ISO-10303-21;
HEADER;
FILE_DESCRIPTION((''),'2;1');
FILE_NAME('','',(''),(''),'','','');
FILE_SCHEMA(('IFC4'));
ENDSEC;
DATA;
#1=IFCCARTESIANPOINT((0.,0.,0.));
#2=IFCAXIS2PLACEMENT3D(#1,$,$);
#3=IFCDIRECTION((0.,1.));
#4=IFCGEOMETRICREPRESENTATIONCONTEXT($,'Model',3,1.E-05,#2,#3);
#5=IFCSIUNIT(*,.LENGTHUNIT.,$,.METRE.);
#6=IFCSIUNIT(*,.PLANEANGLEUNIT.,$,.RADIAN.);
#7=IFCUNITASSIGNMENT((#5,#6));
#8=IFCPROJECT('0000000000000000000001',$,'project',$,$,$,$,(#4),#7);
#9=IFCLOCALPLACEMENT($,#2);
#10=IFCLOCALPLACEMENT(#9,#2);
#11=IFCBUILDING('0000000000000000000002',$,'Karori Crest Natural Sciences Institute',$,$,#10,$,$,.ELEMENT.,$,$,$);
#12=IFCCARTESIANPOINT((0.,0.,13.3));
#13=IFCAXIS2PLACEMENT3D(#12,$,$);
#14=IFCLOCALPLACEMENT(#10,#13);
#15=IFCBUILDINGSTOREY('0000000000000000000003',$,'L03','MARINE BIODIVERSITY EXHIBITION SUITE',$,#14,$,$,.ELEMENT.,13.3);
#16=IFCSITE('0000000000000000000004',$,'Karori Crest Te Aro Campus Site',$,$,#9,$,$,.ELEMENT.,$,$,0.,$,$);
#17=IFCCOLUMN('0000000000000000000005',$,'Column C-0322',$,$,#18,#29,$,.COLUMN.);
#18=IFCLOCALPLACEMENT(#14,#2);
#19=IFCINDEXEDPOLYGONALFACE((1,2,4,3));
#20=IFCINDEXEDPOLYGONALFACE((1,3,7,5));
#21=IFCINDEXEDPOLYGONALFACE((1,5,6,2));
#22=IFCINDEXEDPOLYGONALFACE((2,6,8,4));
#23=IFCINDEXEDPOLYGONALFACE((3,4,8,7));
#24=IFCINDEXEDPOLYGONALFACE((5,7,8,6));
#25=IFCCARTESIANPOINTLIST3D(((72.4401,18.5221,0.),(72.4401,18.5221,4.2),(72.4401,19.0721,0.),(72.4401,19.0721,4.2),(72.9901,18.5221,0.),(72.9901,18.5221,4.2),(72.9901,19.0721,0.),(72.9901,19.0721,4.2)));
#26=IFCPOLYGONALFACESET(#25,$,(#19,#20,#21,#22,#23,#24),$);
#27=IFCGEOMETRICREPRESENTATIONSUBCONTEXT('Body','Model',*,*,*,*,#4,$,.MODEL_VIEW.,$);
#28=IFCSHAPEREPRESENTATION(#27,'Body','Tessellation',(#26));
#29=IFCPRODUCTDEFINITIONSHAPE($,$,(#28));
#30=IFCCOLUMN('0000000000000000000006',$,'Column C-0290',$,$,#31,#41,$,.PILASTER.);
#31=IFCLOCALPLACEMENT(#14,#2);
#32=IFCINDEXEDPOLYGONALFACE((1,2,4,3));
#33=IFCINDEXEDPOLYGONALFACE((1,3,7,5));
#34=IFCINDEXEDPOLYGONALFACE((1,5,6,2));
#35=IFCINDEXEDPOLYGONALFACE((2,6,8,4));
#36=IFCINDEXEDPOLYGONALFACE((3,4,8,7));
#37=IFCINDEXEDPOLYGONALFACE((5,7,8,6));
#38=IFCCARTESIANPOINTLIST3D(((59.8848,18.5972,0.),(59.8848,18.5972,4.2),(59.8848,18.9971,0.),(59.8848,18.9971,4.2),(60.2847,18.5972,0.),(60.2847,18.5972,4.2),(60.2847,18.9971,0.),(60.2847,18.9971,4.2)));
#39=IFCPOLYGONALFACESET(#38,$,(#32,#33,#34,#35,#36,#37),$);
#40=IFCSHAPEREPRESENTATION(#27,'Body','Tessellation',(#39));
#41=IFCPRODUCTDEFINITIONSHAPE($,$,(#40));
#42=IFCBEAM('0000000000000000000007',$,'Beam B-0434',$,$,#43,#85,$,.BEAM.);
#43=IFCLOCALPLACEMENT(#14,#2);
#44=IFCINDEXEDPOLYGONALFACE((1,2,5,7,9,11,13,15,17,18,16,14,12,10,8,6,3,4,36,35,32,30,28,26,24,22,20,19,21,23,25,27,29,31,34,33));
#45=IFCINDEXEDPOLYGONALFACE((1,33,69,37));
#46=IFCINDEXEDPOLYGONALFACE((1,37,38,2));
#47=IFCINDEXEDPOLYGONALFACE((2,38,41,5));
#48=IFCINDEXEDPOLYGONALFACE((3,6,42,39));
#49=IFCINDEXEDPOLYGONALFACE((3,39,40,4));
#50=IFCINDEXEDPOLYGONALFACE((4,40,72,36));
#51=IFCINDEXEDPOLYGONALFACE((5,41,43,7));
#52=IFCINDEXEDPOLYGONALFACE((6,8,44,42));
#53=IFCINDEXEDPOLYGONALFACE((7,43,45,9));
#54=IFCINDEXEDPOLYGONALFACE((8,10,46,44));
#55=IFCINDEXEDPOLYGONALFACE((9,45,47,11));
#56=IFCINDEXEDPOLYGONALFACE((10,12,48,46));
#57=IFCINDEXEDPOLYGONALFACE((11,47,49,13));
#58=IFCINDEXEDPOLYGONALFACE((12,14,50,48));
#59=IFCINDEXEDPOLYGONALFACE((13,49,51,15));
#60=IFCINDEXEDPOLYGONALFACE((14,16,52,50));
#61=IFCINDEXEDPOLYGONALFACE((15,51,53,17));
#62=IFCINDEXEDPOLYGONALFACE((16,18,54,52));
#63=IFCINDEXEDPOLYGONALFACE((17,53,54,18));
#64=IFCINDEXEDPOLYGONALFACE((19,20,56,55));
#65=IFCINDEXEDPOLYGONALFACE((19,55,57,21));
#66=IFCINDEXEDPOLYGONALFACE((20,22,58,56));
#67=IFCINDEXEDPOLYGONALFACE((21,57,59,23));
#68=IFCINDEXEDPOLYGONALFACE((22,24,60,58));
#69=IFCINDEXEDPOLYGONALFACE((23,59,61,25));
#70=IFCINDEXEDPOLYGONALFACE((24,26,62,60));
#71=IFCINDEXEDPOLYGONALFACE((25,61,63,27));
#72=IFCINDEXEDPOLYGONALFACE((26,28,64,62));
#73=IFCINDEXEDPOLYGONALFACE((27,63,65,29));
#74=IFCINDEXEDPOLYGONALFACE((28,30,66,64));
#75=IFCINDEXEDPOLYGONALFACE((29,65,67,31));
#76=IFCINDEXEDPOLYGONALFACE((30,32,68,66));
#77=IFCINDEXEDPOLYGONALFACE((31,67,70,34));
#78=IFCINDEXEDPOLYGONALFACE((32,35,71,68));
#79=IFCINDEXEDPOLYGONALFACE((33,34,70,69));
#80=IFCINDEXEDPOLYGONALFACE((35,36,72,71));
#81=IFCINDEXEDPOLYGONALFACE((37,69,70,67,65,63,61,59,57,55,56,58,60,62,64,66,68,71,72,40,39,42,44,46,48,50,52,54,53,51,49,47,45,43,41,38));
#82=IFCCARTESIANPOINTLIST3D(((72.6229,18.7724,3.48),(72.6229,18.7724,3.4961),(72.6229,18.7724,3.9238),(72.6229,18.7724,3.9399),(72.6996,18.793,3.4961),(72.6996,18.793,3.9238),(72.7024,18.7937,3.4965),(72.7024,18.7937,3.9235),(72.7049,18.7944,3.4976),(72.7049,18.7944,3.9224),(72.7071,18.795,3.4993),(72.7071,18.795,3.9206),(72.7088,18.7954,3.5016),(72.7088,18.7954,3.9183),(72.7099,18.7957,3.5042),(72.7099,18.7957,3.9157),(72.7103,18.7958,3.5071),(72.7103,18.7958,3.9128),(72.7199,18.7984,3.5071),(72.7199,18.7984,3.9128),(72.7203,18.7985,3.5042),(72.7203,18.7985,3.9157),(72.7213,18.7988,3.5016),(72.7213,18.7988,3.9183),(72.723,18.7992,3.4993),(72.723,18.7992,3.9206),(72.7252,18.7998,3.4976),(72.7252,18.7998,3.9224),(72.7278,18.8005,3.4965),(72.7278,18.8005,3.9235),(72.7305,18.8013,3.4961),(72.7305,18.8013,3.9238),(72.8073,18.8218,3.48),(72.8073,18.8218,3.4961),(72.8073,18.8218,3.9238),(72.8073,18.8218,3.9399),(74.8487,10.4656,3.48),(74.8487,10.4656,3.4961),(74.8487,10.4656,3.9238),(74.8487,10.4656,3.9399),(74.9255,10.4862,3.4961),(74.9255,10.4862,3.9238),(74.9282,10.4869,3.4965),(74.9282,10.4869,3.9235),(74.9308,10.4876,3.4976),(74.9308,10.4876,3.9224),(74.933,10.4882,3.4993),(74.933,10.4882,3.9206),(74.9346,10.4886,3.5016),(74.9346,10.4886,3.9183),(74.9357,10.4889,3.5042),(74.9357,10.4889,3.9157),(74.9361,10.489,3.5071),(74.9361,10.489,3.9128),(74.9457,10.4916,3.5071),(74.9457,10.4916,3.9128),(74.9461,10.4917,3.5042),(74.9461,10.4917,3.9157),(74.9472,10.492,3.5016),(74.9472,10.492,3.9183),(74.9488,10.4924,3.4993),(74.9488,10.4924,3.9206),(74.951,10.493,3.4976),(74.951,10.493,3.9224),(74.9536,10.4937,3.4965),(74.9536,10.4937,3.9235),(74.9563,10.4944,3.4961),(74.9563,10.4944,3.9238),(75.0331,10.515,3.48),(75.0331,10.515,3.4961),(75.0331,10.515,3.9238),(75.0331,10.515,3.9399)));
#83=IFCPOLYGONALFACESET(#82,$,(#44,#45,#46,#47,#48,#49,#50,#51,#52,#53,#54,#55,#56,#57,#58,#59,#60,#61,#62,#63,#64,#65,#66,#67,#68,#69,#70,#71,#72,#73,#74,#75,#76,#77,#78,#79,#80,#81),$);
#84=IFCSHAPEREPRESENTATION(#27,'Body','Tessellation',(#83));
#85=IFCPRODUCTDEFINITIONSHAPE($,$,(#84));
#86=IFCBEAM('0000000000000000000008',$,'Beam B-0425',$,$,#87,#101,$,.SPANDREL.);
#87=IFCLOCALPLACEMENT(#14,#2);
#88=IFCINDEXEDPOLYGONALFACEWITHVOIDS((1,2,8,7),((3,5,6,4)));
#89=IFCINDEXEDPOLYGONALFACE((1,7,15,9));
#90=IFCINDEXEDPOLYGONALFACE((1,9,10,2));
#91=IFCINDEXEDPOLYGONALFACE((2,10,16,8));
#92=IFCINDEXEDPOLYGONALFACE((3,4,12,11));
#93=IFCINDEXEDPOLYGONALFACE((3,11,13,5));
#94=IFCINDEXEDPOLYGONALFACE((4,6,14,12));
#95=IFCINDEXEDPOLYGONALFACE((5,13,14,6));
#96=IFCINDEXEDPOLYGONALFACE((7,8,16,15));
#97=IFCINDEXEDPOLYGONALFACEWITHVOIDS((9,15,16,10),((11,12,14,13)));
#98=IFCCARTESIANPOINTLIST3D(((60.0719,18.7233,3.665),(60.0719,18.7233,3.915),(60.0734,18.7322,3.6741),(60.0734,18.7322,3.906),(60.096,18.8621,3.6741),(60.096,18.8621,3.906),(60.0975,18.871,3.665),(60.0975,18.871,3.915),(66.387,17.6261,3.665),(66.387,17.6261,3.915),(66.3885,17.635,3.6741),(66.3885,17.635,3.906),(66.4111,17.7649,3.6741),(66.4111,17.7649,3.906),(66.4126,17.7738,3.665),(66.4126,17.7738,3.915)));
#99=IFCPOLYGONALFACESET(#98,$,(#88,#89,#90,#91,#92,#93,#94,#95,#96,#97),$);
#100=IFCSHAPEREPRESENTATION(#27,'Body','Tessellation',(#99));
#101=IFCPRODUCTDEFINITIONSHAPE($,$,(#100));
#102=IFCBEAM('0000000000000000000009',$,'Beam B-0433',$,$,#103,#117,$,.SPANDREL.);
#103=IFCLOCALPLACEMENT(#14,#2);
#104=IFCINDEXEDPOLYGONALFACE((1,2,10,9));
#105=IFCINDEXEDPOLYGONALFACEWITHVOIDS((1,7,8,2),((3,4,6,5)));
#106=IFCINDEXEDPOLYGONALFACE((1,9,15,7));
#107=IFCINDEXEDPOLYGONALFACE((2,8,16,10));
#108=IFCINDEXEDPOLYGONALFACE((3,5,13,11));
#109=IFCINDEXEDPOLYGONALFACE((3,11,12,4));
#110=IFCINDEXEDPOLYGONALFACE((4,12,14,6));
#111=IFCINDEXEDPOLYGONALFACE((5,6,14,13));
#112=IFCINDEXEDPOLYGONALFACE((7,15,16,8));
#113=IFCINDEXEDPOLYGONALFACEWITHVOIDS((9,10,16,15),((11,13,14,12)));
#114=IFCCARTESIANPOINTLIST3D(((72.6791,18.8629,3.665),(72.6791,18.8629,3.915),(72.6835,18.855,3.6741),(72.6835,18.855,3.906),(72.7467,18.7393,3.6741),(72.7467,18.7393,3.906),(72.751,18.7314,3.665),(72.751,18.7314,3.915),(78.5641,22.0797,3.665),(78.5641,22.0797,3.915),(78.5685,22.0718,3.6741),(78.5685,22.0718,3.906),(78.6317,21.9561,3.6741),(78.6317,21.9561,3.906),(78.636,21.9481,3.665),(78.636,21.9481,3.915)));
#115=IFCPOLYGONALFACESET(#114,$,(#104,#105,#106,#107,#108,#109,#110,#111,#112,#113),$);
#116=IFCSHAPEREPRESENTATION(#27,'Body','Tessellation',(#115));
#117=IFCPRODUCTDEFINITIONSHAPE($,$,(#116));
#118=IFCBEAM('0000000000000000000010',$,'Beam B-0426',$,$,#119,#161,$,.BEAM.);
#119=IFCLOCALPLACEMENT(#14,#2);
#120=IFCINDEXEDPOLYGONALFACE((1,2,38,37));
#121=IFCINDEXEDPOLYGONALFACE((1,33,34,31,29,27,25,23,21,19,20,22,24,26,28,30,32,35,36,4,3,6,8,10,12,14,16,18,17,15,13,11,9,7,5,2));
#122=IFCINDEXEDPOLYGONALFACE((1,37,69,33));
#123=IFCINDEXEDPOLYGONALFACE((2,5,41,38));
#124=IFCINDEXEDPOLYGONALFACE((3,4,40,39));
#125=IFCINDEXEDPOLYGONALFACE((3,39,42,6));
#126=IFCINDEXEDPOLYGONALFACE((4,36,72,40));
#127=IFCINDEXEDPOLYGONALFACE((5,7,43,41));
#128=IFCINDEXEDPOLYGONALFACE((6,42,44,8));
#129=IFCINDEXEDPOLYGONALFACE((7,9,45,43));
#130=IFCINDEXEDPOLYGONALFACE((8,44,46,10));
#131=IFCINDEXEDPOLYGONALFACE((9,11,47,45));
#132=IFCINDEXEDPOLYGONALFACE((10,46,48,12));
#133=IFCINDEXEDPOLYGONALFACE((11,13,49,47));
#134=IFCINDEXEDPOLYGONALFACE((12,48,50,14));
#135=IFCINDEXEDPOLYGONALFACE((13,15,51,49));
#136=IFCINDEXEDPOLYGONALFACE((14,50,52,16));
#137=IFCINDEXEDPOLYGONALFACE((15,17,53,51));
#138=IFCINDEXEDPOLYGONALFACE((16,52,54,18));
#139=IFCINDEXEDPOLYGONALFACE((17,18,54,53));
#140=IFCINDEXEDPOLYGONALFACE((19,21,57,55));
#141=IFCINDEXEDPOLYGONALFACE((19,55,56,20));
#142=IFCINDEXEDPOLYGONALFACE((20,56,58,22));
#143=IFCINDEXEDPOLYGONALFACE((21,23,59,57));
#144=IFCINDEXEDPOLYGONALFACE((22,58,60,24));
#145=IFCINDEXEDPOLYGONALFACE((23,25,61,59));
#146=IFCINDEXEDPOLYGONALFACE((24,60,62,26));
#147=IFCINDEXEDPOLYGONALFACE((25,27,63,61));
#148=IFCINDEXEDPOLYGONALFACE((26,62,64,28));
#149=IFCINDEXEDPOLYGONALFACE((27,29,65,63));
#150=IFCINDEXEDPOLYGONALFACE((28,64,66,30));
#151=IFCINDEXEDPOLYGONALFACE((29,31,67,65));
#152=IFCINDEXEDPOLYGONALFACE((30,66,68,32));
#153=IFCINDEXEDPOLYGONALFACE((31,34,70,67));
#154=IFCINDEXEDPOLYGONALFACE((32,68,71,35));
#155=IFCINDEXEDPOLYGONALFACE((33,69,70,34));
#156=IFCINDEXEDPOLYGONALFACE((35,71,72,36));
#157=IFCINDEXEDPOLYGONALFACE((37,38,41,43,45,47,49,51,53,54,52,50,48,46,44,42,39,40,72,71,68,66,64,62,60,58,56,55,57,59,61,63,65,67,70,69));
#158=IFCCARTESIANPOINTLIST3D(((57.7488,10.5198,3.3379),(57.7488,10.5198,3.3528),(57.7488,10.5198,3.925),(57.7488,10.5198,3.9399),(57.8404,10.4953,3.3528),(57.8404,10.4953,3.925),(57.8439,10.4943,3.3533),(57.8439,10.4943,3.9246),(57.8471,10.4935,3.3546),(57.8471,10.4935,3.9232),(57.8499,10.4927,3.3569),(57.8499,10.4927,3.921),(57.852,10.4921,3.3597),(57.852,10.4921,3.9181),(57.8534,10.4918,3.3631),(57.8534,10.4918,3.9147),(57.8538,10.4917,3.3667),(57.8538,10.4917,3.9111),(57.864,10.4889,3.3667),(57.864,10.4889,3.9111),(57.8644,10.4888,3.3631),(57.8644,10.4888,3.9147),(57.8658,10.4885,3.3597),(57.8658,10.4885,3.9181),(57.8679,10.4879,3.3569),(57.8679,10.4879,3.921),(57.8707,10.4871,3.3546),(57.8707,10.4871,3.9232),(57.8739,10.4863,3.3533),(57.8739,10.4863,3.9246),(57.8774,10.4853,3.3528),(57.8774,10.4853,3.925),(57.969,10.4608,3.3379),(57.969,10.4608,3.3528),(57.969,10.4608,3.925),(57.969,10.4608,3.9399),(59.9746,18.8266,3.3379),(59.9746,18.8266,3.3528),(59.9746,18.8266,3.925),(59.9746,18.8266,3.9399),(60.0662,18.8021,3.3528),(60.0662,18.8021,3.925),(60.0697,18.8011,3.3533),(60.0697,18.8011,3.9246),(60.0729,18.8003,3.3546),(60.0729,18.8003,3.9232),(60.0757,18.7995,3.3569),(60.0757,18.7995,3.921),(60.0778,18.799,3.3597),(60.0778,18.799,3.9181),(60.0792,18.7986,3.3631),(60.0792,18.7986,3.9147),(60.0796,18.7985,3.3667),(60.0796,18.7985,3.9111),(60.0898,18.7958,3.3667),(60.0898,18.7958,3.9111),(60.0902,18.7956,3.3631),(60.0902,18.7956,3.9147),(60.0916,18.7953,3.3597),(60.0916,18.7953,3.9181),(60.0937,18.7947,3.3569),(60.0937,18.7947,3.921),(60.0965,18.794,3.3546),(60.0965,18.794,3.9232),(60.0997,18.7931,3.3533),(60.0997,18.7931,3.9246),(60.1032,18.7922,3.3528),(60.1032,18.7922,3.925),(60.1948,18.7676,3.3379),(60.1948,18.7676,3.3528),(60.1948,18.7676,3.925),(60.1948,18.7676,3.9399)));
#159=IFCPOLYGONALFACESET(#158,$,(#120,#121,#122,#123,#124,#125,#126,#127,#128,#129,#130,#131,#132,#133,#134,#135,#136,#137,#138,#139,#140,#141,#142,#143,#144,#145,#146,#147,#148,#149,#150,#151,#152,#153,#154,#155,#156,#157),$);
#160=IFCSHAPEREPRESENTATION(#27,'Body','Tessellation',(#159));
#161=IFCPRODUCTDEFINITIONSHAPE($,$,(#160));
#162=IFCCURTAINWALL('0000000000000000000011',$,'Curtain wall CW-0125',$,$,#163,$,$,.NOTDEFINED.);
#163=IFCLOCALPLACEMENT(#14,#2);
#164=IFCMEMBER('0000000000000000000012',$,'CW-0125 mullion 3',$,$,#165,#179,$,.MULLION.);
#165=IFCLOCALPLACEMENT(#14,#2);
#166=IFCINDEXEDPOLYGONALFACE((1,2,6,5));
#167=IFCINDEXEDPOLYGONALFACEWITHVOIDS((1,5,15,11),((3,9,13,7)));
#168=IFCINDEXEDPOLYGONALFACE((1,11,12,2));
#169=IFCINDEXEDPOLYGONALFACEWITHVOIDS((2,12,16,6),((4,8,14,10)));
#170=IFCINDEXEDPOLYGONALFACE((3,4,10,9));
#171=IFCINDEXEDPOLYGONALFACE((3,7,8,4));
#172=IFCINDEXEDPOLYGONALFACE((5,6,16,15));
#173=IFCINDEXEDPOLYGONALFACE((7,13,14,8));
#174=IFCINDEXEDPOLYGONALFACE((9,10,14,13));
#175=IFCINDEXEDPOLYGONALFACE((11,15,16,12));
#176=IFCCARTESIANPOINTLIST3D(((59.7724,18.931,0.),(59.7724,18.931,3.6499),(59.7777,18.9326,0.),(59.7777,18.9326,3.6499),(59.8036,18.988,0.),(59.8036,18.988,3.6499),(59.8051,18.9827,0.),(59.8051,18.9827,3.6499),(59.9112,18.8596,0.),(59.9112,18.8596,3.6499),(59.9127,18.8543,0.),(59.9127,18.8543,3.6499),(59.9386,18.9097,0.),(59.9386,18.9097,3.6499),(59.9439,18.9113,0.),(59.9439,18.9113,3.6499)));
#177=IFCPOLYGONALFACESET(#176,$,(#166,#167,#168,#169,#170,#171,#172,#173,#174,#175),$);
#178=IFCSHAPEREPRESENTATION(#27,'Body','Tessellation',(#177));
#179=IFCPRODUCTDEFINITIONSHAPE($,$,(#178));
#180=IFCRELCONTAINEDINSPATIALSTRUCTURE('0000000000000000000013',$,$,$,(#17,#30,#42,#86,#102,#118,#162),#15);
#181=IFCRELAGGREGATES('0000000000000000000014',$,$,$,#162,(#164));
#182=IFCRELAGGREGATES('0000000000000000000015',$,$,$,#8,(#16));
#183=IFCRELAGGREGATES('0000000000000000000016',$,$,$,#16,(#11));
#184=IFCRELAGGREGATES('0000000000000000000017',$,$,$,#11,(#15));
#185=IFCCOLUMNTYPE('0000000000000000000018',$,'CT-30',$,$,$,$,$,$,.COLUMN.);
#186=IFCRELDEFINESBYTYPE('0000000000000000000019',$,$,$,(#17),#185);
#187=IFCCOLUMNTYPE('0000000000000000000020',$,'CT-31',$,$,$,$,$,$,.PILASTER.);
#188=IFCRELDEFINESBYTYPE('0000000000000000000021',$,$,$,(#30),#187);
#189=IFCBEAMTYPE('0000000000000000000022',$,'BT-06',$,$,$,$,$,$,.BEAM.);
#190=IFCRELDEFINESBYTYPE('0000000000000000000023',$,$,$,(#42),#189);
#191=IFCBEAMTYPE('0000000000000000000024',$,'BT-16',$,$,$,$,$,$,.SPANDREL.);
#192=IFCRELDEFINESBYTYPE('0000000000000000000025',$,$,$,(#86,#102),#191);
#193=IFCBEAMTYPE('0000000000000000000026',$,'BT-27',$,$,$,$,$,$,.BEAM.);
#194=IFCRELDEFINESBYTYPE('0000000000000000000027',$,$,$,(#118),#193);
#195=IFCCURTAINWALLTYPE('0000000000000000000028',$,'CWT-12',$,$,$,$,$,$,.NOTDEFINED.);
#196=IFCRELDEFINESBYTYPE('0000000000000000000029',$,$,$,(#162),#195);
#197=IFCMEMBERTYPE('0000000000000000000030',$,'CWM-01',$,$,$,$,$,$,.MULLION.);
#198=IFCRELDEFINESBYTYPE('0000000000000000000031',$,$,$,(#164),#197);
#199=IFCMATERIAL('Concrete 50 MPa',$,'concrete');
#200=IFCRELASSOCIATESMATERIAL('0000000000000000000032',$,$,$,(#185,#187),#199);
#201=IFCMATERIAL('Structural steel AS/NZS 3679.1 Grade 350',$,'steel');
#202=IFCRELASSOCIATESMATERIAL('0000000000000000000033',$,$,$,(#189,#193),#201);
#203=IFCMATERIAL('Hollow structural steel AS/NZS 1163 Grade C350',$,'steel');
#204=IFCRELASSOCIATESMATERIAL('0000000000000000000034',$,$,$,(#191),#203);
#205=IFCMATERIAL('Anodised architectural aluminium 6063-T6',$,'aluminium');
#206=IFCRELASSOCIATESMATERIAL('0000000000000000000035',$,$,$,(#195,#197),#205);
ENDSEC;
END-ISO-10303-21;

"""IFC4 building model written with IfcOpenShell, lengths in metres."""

from ifc_helpers import new_model, si_unit, direction, frame, origin, origin_2d, place, context, subcontext, project, spatial, rectangle, hollow_rectangle, i_section, extrude, material, material_profile, profile_set, type_object, element, aggregate, save


model = new_model("IFC4")

# Units and contexts
model_context = context("Model", 3, precision=1e-05, world=origin(), true_north=direction((0.0, 1.0)))
body_context = subcontext(model_context, "Body", "Model", "MODEL_VIEW")
ifc_project = project(units=[si_unit("LENGTHUNIT", "METRE"), si_unit("PLANEANGLEUNIT", "RADIAN")], contexts=[model_context])

# Site, building, storey
site_placement = place(None, origin())
site = spatial("IfcSite", under=ifc_project, at=site_placement, Name="Karori Crest Te Aro Campus Site", CompositionType="ELEMENT", RefElevation=0.0)
building_placement = place(site_placement, origin())
building = spatial("IfcBuilding", under=site, at=building_placement, Name="Karori Crest Natural Sciences Institute", CompositionType="ELEMENT")
storey_placement = place(building_placement, frame((0.0, 0.0, 13.3)))
storey = spatial("IfcBuildingStorey", under=building, at=storey_placement, Name="L03", Description="MARINE BIODIVERSITY EXHIBITION SUITE", CompositionType="ELEMENT", Elevation=13.3)

# Columns
ifc_material_1 = material(Name="Concrete 50 MPa", Category="concrete")
ifc_material_profile_1 = material_profile(ifc_material_1, rectangle(XDim=0.55, YDim=0.55, at=origin_2d()), Name="RC550x550")
ifc_profile_set_1 = profile_set([ifc_material_profile_1], Name="Concrete 50 MPa")
column_type_1 = type_object("IfcColumnType", Name="CT-30", PredefinedType="COLUMN", material=ifc_profile_set_1)
column_1_placement = place(storey_placement, frame((72.7151, 18.7971, 0.0), z_axis=(0.0, 0.0, 1.0), x_axis=(1.0, 0.0, 0.0)))
element("IfcColumn", 1, at=column_1_placement, inside=storey, type_object=column_type_1, Name="Column C-0322", PredefinedType="COLUMN", context=body_context, shape_type="SweptSolid", body=[
    extrude(rectangle(XDim=0.55, YDim=0.55, at=origin_2d()), origin(), (0.0, 0.0, 1.0), 4.2),
])
ifc_material_profile_2 = material_profile(ifc_material_1, rectangle(XDim=0.3999, YDim=0.3999, at=origin_2d()), Name="RC400x400")
ifc_profile_set_2 = profile_set([ifc_material_profile_2], Name="Concrete 50 MPa")
column_type_2 = type_object("IfcColumnType", Name="CT-31", PredefinedType="PILASTER", material=ifc_profile_set_2)
column_2_placement = place(storey_placement, frame((60.0847, 18.7971, 0.0), z_axis=(0.0, 0.0, 1.0), x_axis=(1.0, 0.0, 0.0)))
element("IfcColumn", 2, at=column_2_placement, inside=storey, type_object=column_type_2, Name="Column C-0290", PredefinedType="PILASTER", context=body_context, shape_type="SweptSolid", body=[
    extrude(rectangle(XDim=0.3999, YDim=0.3999, at=origin_2d()), origin(), (0.0, 0.0, 1.0), 4.2),
])

# Beams
ifc_material_2 = material(Name="Structural steel AS/NZS 3679.1 Grade 350", Category="steel")
ifc_material_profile_3 = material_profile(ifc_material_2, i_section(OverallWidth=0.1909, OverallDepth=0.46, WebThickness=0.01, FlangeThickness=0.0161, FilletRadius=0.011, at=origin_2d()), Name="460UB82.1")
ifc_profile_set_3 = profile_set([ifc_material_profile_3], Name="Structural steel AS/NZS 3679.1 Grade 350")
beam_type_1 = type_object("IfcBeamType", Name="BT-06", PredefinedType="BEAM", material=ifc_profile_set_3)
beam_1_placement = place(storey_placement, frame((72.7151, 18.7971, 3.71), z_axis=(0.25882, -0.965926, 0.0), x_axis=(0.965926, 0.25882, 0.0)))
element("IfcBeam", 3, at=beam_1_placement, inside=storey, type_object=beam_type_1, Name="Beam B-0434", PredefinedType="BEAM", context=body_context, shape_type="SweptSolid", body=[
    extrude(i_section(OverallWidth=0.1909, OverallDepth=0.46, WebThickness=0.01, FlangeThickness=0.0161, FilletRadius=0.011, at=origin_2d()), origin(), (0.0, 0.0, 1.0), 8.5999),
])
ifc_material_3 = material(Name="Hollow structural steel AS/NZS 1163 Grade C350", Category="steel")
ifc_material_profile_4 = material_profile(ifc_material_3, hollow_rectangle(XDim=0.1499, YDim=0.25, WallThickness=0.009, at=origin_2d()), Name="RHS250x150x9")
ifc_profile_set_4 = profile_set([ifc_material_profile_4], Name="Hollow structural steel AS/NZS 1163 Grade C350")
beam_type_2 = type_object("IfcBeamType", Name="BT-16", PredefinedType="SPANDREL", material=ifc_profile_set_4)
beam_2_placement = place(storey_placement, frame((60.0847, 18.7971, 3.79), z_axis=(0.985241, -0.171171, 0.0), x_axis=(0.171171, 0.985241, 0.0)))
element("IfcBeam", 4, at=beam_2_placement, inside=storey, type_object=beam_type_2, Name="Beam B-0425", PredefinedType="SPANDREL", context=body_context, shape_type="SweptSolid", body=[
    extrude(hollow_rectangle(XDim=0.1499, YDim=0.25, WallThickness=0.009, at=origin_2d()), origin(), (0.0, 0.0, 1.0), 6.4097),
])
beam_3_placement = place(storey_placement, frame((72.7151, 18.7971, 3.79), z_axis=(0.87747, 0.479632, 0.0), x_axis=(-0.479632, 0.87747, 0.0)))
element("IfcBeam", 5, at=beam_3_placement, inside=storey, type_object=beam_type_2, Name="Beam B-0433", PredefinedType="SPANDREL", context=body_context, shape_type="SweptSolid", body=[
    extrude(hollow_rectangle(XDim=0.1499, YDim=0.25, WallThickness=0.009, at=origin_2d()), origin(), (0.0, 0.0, 1.0), 6.7068),
])
ifc_material_profile_5 = material_profile(ifc_material_2, i_section(OverallWidth=0.228, OverallDepth=0.6021, WebThickness=0.0105, FlangeThickness=0.0149, FilletRadius=0.0139, at=origin_2d()), Name="610UB101")
ifc_profile_set_5 = profile_set([ifc_material_profile_5], Name="Structural steel AS/NZS 3679.1 Grade 350")
beam_type_3 = type_object("IfcBeamType", Name="BT-27", PredefinedType="BEAM", material=ifc_profile_set_5)
beam_4_placement = place(storey_placement, frame((60.0847, 18.7971, 3.6389), z_axis=(-0.25882, -0.965926, 0.0), x_axis=(0.965926, -0.25882, 0.0)))
element("IfcBeam", 6, at=beam_4_placement, inside=storey, type_object=beam_type_3, Name="Beam B-0426", PredefinedType="BEAM", context=body_context, shape_type="SweptSolid", body=[
    extrude(i_section(OverallWidth=0.228, OverallDepth=0.6021, WebThickness=0.0105, FlangeThickness=0.0149, FilletRadius=0.0139, at=origin_2d()), origin(), (0.0, 0.0, 1.0), 8.5999),
])

# Curtain wall, member
ifc_material_4 = material(Name="Anodised architectural aluminium 6063-T6", Category="aluminium")
curtain_wall_type_1 = type_object("IfcCurtainWallType", Name="CWT-12", PredefinedType="NOTDEFINED", material=ifc_material_4)
curtain_wall_1_placement = place(storey_placement, origin())
curtain_wall_1 = element("IfcCurtainWall", 7, at=curtain_wall_1_placement, inside=storey, type_object=curtain_wall_type_1, Name="Curtain wall CW-0125", PredefinedType="NOTDEFINED")
ifc_material_profile_6 = material_profile(ifc_material_4, hollow_rectangle(XDim=0.0649, YDim=0.1599, WallThickness=0.0039, at=origin_2d()), Name="CWM160x65x4")
ifc_profile_set_6 = profile_set([ifc_material_profile_6], Name="Anodised architectural aluminium 6063-T6")
member_type_1 = type_object("IfcMemberType", Name="CWM-01", PredefinedType="MULLION", material=ifc_profile_set_6)
member_1_placement = place(storey_placement, frame((59.8582, 18.9211, 0.0), z_axis=(0.0, 0.0, 1.0), x_axis=(0.479631, 0.87747, 0.0)))
member_1 = element("IfcMember", 8, at=member_1_placement, type_object=member_type_1, Name="CW-0125 mullion 3", PredefinedType="MULLION", context=body_context, shape_type="SweptSolid", body=[
    extrude(hollow_rectangle(XDim=0.0649, YDim=0.1599, WallThickness=0.0039, at=origin_2d()), origin(), (0.0, 0.0, 1.0), 3.6499),
])

aggregate(curtain_wall_1, [member_1])

save(model, "model.ifc")
